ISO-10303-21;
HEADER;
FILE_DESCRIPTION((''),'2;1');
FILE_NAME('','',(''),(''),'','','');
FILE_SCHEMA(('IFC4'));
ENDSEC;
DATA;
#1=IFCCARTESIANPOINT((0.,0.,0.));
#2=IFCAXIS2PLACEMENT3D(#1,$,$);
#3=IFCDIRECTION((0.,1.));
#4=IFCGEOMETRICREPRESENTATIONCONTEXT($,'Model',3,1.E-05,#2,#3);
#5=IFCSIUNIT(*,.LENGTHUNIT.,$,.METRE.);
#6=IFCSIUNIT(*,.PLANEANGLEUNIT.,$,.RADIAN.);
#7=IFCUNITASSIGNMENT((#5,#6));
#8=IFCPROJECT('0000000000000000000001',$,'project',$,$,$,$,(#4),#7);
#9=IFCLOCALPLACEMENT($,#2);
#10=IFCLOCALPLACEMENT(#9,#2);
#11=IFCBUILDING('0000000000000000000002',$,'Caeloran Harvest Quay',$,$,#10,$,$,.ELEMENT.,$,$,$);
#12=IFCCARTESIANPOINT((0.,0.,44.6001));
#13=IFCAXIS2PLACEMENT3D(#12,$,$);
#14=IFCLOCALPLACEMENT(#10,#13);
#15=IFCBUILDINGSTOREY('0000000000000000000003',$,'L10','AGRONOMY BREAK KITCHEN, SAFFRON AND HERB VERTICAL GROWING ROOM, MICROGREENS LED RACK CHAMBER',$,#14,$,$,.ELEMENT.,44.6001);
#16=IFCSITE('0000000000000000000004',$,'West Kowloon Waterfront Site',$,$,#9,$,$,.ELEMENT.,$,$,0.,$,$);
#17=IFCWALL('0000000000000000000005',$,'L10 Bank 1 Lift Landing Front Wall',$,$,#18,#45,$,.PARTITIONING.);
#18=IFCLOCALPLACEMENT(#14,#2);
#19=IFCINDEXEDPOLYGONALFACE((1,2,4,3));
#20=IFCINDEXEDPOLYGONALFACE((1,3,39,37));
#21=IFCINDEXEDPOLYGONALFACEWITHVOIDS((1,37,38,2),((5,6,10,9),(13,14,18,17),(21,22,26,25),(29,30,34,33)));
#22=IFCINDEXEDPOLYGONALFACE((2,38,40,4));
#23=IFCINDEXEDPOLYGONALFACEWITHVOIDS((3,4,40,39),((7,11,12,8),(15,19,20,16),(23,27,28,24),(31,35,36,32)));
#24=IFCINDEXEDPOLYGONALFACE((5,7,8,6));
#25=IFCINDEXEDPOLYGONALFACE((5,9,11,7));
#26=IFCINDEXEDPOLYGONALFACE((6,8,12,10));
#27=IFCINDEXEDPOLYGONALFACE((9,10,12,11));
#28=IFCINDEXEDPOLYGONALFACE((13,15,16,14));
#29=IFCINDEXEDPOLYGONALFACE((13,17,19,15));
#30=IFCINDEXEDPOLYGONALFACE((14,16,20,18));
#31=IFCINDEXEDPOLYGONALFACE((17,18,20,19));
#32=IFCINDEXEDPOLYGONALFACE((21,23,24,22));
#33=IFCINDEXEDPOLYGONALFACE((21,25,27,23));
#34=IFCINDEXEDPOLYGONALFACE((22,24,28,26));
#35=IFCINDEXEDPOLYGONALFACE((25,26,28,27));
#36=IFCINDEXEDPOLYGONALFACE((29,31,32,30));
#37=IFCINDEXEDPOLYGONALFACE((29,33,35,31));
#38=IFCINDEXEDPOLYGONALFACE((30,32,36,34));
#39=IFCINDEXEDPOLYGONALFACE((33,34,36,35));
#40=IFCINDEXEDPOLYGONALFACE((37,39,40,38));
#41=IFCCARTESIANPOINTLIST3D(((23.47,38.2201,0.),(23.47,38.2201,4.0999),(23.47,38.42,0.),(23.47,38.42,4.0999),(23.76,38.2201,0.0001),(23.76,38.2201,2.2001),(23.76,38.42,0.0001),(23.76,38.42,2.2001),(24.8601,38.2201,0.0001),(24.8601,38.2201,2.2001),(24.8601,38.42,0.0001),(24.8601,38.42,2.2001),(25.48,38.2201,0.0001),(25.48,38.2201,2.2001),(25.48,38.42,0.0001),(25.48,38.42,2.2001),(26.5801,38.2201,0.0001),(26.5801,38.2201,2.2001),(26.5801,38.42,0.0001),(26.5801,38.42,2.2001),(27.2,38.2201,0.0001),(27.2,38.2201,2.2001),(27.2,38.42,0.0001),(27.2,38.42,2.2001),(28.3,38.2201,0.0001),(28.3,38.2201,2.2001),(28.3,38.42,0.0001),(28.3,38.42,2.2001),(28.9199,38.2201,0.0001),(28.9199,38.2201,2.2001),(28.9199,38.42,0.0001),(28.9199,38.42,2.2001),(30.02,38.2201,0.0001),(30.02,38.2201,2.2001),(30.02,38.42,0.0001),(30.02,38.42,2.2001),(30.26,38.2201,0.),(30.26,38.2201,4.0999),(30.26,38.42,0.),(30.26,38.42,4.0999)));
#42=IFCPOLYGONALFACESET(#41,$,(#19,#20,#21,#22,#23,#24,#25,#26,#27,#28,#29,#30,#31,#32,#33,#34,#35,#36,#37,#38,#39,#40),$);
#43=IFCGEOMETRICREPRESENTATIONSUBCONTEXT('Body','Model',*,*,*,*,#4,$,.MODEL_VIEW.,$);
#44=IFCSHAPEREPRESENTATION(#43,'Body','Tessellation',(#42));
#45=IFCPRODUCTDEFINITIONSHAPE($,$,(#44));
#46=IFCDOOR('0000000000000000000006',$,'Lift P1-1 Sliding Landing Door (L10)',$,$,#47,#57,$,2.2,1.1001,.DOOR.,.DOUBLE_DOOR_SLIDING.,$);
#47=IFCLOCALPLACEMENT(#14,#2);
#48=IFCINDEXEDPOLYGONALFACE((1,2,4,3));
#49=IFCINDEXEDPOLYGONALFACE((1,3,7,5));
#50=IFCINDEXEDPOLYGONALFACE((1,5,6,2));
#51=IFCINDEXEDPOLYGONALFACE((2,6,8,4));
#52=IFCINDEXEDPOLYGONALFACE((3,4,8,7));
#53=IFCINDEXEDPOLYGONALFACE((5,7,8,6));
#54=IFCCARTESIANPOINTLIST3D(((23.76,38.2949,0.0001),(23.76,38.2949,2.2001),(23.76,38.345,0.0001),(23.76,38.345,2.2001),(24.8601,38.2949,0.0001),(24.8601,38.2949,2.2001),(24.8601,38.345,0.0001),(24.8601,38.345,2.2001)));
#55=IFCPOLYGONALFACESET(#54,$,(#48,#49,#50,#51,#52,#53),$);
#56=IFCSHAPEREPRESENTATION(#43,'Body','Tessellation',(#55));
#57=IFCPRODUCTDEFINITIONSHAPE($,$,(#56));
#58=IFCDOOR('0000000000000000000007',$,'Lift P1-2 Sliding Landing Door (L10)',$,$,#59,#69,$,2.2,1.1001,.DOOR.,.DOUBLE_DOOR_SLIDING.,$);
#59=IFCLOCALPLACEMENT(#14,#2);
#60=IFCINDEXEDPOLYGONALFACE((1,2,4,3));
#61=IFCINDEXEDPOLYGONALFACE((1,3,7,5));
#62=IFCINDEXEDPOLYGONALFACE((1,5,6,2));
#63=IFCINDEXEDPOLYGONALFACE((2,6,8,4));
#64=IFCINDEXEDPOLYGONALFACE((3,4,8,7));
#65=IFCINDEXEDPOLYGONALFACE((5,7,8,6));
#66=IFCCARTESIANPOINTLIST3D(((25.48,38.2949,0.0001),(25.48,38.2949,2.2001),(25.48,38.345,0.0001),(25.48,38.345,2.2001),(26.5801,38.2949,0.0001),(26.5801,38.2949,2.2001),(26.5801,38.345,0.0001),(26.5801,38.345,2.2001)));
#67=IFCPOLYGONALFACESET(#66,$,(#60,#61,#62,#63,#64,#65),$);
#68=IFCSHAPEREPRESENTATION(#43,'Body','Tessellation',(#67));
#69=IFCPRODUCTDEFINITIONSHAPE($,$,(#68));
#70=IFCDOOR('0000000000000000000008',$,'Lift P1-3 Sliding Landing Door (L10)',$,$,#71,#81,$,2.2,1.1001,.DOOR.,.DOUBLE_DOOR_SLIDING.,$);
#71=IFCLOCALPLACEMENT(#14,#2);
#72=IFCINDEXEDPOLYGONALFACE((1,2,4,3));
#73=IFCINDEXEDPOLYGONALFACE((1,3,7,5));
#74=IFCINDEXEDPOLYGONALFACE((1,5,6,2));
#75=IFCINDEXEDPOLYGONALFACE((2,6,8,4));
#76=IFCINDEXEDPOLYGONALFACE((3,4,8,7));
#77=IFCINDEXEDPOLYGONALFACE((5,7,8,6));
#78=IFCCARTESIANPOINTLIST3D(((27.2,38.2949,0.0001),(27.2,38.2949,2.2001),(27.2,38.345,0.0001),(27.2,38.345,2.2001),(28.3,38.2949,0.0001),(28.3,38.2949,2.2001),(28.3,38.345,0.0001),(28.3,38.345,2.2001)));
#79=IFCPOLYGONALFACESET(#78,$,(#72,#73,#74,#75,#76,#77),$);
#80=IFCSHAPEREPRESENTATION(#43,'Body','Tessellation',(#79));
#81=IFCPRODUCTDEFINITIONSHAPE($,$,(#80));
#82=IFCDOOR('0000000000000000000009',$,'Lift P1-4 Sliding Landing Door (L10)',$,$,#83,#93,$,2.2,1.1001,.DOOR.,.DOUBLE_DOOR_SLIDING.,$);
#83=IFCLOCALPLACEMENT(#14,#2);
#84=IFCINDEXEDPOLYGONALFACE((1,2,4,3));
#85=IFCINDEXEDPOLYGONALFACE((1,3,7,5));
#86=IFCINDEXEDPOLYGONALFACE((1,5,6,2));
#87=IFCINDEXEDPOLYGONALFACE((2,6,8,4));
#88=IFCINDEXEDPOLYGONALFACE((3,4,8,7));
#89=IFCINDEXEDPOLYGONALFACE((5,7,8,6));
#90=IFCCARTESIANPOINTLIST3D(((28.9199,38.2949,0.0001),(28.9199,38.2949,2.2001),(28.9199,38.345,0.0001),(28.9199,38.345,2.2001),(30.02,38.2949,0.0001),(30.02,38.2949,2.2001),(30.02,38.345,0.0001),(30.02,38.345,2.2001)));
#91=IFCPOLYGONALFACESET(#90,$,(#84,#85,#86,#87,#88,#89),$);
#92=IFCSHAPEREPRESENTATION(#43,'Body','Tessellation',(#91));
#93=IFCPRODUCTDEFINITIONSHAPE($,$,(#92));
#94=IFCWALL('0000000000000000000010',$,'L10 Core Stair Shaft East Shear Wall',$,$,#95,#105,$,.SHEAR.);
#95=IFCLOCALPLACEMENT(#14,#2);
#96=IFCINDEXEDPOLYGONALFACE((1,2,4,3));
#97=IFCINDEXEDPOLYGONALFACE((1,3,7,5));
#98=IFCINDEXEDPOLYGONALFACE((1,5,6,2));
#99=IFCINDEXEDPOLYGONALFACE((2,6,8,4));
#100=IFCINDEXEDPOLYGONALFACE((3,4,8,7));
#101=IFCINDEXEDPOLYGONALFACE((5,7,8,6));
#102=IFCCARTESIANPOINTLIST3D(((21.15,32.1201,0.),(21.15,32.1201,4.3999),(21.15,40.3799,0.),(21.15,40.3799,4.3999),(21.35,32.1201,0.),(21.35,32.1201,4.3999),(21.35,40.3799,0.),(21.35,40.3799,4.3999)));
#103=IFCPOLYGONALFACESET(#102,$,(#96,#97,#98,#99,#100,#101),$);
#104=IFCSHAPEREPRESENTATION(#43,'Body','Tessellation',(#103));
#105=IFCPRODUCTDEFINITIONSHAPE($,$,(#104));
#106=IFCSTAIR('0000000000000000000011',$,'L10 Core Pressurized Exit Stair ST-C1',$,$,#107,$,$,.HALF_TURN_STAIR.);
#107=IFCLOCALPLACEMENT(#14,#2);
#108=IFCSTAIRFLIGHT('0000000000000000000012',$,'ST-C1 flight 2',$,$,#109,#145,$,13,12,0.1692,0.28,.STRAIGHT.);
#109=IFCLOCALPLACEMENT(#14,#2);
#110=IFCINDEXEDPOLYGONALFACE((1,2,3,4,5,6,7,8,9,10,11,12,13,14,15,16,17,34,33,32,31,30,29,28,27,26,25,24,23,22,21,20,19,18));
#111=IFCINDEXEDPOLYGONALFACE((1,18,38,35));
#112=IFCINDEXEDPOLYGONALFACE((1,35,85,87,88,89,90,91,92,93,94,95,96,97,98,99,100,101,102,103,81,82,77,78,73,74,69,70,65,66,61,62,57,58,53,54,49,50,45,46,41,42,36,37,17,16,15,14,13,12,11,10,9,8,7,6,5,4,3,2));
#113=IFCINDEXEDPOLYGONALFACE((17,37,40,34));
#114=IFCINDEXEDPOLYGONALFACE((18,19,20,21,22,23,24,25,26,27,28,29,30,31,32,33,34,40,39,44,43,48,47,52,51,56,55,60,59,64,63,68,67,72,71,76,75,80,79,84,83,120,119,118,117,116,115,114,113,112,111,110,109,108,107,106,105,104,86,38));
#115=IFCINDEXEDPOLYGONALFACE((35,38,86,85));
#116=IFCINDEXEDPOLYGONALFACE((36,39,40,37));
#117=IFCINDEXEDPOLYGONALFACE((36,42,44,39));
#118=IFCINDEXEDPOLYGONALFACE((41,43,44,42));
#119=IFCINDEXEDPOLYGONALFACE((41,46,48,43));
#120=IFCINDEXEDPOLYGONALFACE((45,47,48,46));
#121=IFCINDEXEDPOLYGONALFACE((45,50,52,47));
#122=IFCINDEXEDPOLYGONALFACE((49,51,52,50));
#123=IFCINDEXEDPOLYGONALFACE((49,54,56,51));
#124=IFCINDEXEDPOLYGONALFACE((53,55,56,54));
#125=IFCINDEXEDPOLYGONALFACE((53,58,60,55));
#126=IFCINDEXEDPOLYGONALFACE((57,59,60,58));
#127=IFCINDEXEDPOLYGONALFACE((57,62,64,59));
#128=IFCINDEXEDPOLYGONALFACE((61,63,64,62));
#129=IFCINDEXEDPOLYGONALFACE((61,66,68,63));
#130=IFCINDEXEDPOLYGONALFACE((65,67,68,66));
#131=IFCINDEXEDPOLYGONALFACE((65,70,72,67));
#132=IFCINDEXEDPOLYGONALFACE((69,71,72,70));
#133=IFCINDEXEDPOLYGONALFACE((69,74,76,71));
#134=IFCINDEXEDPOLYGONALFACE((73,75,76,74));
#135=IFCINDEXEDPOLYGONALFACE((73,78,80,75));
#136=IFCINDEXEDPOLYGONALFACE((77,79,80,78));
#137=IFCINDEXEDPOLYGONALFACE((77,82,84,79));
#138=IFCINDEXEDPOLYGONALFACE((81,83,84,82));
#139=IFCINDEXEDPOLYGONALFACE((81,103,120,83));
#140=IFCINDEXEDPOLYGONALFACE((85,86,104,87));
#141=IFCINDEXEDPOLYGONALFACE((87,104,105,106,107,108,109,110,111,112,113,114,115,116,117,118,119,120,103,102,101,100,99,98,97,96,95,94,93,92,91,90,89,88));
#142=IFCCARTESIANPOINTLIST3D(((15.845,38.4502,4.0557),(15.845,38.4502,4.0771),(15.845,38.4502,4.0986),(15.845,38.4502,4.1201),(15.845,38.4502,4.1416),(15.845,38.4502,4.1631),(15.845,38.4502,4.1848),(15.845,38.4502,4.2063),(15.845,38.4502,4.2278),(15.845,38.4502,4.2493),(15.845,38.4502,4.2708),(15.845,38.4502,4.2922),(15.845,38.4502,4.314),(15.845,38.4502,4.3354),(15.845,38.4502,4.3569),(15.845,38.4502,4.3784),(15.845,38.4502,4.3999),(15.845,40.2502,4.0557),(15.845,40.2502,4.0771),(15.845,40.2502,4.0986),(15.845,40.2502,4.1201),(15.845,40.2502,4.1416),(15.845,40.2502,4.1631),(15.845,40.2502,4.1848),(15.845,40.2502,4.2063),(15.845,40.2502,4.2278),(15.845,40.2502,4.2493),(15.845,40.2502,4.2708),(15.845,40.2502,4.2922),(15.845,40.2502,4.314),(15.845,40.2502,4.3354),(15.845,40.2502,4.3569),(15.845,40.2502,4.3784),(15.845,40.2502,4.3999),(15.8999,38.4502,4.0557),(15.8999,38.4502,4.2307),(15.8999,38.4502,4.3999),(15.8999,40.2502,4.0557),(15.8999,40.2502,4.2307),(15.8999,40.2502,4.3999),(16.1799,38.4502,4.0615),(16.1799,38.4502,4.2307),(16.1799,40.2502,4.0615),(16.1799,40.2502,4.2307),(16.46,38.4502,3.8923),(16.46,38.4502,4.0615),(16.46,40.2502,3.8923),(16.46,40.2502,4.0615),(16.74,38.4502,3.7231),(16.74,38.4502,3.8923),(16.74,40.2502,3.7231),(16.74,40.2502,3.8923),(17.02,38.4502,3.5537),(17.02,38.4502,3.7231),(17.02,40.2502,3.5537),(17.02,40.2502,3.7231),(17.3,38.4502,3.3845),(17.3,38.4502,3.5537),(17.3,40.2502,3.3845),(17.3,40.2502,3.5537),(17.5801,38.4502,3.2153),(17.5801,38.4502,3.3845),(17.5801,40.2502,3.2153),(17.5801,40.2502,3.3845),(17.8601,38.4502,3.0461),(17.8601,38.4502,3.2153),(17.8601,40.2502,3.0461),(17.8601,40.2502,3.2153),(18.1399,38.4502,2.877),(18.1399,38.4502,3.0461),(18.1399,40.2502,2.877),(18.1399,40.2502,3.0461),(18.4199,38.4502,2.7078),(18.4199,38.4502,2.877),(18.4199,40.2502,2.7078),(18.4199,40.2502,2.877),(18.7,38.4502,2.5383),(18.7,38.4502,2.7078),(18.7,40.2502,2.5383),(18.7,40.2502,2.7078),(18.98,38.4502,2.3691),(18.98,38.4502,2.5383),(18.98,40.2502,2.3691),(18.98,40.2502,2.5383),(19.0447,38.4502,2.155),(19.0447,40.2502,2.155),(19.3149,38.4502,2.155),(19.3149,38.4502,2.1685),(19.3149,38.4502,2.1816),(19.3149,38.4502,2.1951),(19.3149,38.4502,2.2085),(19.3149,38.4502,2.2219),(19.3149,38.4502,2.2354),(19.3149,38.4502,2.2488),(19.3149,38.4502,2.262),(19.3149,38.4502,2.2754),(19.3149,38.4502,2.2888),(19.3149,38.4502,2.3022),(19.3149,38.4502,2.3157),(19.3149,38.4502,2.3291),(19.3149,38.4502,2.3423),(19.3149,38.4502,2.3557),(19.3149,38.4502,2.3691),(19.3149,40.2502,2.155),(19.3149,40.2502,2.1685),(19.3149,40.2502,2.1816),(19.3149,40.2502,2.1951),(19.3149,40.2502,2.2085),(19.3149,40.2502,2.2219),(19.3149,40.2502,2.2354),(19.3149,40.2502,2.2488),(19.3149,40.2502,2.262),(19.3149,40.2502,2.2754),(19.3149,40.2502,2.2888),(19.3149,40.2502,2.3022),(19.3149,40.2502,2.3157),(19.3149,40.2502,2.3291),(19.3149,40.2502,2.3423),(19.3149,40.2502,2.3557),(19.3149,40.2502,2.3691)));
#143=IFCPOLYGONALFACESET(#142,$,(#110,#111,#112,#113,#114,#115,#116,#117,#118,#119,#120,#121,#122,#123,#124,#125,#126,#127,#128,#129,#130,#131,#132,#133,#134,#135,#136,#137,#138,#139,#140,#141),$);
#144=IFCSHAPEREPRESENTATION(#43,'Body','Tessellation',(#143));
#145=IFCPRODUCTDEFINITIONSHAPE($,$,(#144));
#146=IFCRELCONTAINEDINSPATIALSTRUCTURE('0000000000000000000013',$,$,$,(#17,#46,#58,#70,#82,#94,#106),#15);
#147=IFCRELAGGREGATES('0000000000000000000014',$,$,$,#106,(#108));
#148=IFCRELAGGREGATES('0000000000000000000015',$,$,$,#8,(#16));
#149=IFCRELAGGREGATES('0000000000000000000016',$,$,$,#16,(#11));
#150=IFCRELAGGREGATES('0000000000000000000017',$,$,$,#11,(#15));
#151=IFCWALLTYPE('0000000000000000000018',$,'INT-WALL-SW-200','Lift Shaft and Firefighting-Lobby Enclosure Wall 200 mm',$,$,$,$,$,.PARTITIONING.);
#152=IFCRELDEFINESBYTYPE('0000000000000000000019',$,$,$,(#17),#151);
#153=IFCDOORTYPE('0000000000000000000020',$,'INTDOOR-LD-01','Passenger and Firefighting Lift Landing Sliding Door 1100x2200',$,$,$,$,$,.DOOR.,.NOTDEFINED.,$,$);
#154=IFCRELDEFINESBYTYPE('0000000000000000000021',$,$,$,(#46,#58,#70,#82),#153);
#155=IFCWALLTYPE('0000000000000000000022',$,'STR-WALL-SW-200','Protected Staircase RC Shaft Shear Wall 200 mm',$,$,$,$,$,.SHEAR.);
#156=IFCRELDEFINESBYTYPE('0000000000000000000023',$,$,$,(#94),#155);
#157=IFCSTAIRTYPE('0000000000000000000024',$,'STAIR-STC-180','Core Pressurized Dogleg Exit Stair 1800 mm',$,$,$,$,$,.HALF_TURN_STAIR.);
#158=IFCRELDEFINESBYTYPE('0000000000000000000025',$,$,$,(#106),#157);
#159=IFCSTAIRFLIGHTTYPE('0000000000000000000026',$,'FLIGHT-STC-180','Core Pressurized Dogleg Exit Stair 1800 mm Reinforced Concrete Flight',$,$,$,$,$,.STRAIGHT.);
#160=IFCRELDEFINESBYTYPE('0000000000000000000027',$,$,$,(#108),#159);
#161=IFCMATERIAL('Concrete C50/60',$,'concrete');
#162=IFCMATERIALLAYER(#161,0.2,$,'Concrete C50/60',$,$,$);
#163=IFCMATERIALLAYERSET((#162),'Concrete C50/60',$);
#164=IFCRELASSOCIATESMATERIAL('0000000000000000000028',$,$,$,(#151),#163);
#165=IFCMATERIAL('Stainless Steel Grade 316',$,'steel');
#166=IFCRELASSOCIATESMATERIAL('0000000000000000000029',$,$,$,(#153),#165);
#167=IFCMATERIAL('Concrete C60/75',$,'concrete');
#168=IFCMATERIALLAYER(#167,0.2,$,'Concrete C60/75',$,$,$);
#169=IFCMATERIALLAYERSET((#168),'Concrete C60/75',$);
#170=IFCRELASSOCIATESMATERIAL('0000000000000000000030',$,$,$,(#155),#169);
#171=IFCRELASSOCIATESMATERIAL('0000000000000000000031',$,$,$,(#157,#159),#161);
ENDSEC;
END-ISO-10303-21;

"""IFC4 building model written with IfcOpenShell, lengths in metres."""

from ifc_helpers import new_model, si_unit, direction, frame, frame_2d, origin, place, context, subcontext, project, spatial, polyline, rectangle, outline, extrude, material, layer, layer_set, type_object, element, fill, aggregate, save


model = new_model("IFC4")

# Units and contexts
model_context = context("Model", 3, precision=1e-05, world=origin(), true_north=direction((0.0, 1.0)))
body_context = subcontext(model_context, "Body", "Model", "MODEL_VIEW")
ifc_project = project(units=[si_unit("LENGTHUNIT", "METRE"), si_unit("PLANEANGLEUNIT", "RADIAN")], contexts=[model_context])

# Site, building, storey
site_placement = place(None, origin())
site = spatial("IfcSite", under=ifc_project, at=site_placement, Name="West Kowloon Waterfront Site", CompositionType="ELEMENT", RefElevation=0.0)
building_placement = place(site_placement, origin())
building = spatial("IfcBuilding", under=site, at=building_placement, Name="Caeloran Harvest Quay", CompositionType="ELEMENT")
storey_placement = place(building_placement, frame((0.0, 0.0, 44.6001)))
storey = spatial("IfcBuildingStorey", under=building, at=storey_placement, Name="L10", Description="AGRONOMY BREAK KITCHEN, SAFFRON AND HERB VERTICAL GROWING ROOM, MICROGREENS LED RACK CHAMBER", CompositionType="ELEMENT", Elevation=44.6001)

# Shared definitions
ifc_material_1 = material(Name="Concrete C50/60", Category="concrete")
ifc_layer_1 = layer(ifc_material_1, 0.2, Name="Concrete C50/60")
ifc_layer_set_1 = layer_set([ifc_layer_1], Name="Concrete C50/60")
wall_type_1 = type_object("IfcWallType", Name="INT-WALL-SW-200", Description="Lift Shaft and Firefighting-Lobby Enclosure Wall 200 mm", PredefinedType="PARTITIONING", material=ifc_layer_set_1)
ifc_material_2 = material(Name="Stainless Steel Grade 316", Category="steel")

# Wall, openings, doors
wall_1_placement = place(storey_placement, frame((23.47, 38.3201, 0.0), z_axis=(0.0, 0.0, 1.0), x_axis=(1.0, 0.0, 0.0)))
wall_1 = element("IfcWall", 1, at=wall_1_placement, inside=storey, type_object=wall_type_1, Name="L10 Bank 1 Lift Landing Front Wall", PredefinedType="PARTITIONING", context=body_context, shape_type="SweptSolid", body=[
    extrude(rectangle(XDim=6.79, YDim=0.2, at=frame_2d((3.395, 0.0))), origin(), (0.0, 0.0, 1.0), 4.0999),
])
opening_1_placement = place(wall_1_placement, frame((0.29, 0.0, 0.0)))
opening_1 = element("IfcOpeningElement", 2, at=opening_1_placement, cuts=wall_1, PredefinedType="OPENING", context=body_context, shape_type="SweptSolid", body=[
    extrude(rectangle(XDim=1.1001, YDim=2.2, at=frame_2d((0.55, 1.1001))), frame((0.0, 0.1099, 0.0), z_axis=(0.0, -1.0, 0.0), x_axis=(1.0, 0.0, 0.0)), (0.0, 0.0, 1.0), 0.22),
])
opening_2_placement = place(wall_1_placement, frame((2.01, 0.0, 0.0)))
opening_2 = element("IfcOpeningElement", 3, at=opening_2_placement, cuts=wall_1, PredefinedType="OPENING", context=body_context, shape_type="SweptSolid", body=[
    extrude(rectangle(XDim=1.1001, YDim=2.2, at=frame_2d((0.55, 1.1001))), frame((0.0, 0.1099, 0.0), z_axis=(0.0, -1.0, 0.0), x_axis=(1.0, 0.0, 0.0)), (0.0, 0.0, 1.0), 0.22),
])
opening_3_placement = place(wall_1_placement, frame((3.73, 0.0, 0.0)))
opening_3 = element("IfcOpeningElement", 4, at=opening_3_placement, cuts=wall_1, PredefinedType="OPENING", context=body_context, shape_type="SweptSolid", body=[
    extrude(rectangle(XDim=1.1001, YDim=2.2, at=frame_2d((0.55, 1.1001))), frame((0.0, 0.1099, 0.0), z_axis=(0.0, -1.0, 0.0), x_axis=(1.0, 0.0, 0.0)), (0.0, 0.0, 1.0), 0.22),
])
opening_4_placement = place(wall_1_placement, frame((5.45, 0.0, 0.0)))
opening_4 = element("IfcOpeningElement", 5, at=opening_4_placement, cuts=wall_1, PredefinedType="OPENING", context=body_context, shape_type="SweptSolid", body=[
    extrude(rectangle(XDim=1.1001, YDim=2.2, at=frame_2d((0.55, 1.1001))), frame((0.0, 0.1099, 0.0), z_axis=(0.0, -1.0, 0.0), x_axis=(1.0, 0.0, 0.0)), (0.0, 0.0, 1.0), 0.22),
])
door_type_1 = type_object("IfcDoorType", Name="INTDOOR-LD-01", Description="Passenger and Firefighting Lift Landing Sliding Door 1100x2200", OperationType="NOTDEFINED", PredefinedType="DOOR", material=ifc_material_2)
door_1_placement = place(opening_1_placement, origin())
door_1 = element("IfcDoor", 6, at=door_1_placement, inside=storey, type_object=door_type_1, Name="Lift P1-1 Sliding Landing Door (L10)", OperationType="DOUBLE_DOOR_SLIDING", OverallHeight=2.2, OverallWidth=1.1001, PredefinedType="DOOR", context=body_context, shape_type="SweptSolid", body=[
    extrude(rectangle(XDim=1.1001, YDim=2.2, at=frame_2d((0.55, 1.1001))), frame((0.0, 0.0249, 0.0), z_axis=(0.0, -1.0, 0.0), x_axis=(1.0, 0.0, 0.0)), (0.0, 0.0, 1.0), 0.05),
])
fill(opening_1, door_1)
door_2_placement = place(opening_2_placement, origin())
door_2 = element("IfcDoor", 7, at=door_2_placement, inside=storey, type_object=door_type_1, Name="Lift P1-2 Sliding Landing Door (L10)", OperationType="DOUBLE_DOOR_SLIDING", OverallHeight=2.2, OverallWidth=1.1001, PredefinedType="DOOR", context=body_context, shape_type="SweptSolid", body=[
    extrude(rectangle(XDim=1.1001, YDim=2.2, at=frame_2d((0.55, 1.1001))), frame((0.0, 0.0249, 0.0), z_axis=(0.0, -1.0, 0.0), x_axis=(1.0, 0.0, 0.0)), (0.0, 0.0, 1.0), 0.05),
])
fill(opening_2, door_2)
door_3_placement = place(opening_3_placement, origin())
door_3 = element("IfcDoor", 8, at=door_3_placement, inside=storey, type_object=door_type_1, Name="Lift P1-3 Sliding Landing Door (L10)", OperationType="DOUBLE_DOOR_SLIDING", OverallHeight=2.2, OverallWidth=1.1001, PredefinedType="DOOR", context=body_context, shape_type="SweptSolid", body=[
    extrude(rectangle(XDim=1.1001, YDim=2.2, at=frame_2d((0.55, 1.1001))), frame((0.0, 0.0249, 0.0), z_axis=(0.0, -1.0, 0.0), x_axis=(1.0, 0.0, 0.0)), (0.0, 0.0, 1.0), 0.05),
])
fill(opening_3, door_3)
door_4_placement = place(opening_4_placement, origin())
door_4 = element("IfcDoor", 9, at=door_4_placement, inside=storey, type_object=door_type_1, Name="Lift P1-4 Sliding Landing Door (L10)", OperationType="DOUBLE_DOOR_SLIDING", OverallHeight=2.2, OverallWidth=1.1001, PredefinedType="DOOR", context=body_context, shape_type="SweptSolid", body=[
    extrude(rectangle(XDim=1.1001, YDim=2.2, at=frame_2d((0.55, 1.1001))), frame((0.0, 0.0249, 0.0), z_axis=(0.0, -1.0, 0.0), x_axis=(1.0, 0.0, 0.0)), (0.0, 0.0, 1.0), 0.05),
])
fill(opening_4, door_4)

# Wall
ifc_material_3 = material(Name="Concrete C60/75", Category="concrete")
ifc_layer_2 = layer(ifc_material_3, 0.2, Name="Concrete C60/75")
ifc_layer_set_2 = layer_set([ifc_layer_2], Name="Concrete C60/75")
wall_type_2 = type_object("IfcWallType", Name="STR-WALL-SW-200", Description="Protected Staircase RC Shaft Shear Wall 200 mm", PredefinedType="SHEAR", material=ifc_layer_set_2)
wall_2_placement = place(storey_placement, frame((21.25, 32.1201, 0.0), z_axis=(0.0, 0.0, 1.0), x_axis=(0.0, 1.0, 0.0)))
element("IfcWall", 10, at=wall_2_placement, inside=storey, type_object=wall_type_2, Name="L10 Core Stair Shaft East Shear Wall", PredefinedType="SHEAR", context=body_context, shape_type="SweptSolid", body=[
    extrude(rectangle(XDim=8.2598, YDim=0.2, at=frame_2d((4.1299, 0.0))), origin(), (0.0, 0.0, 1.0), 4.3999),
])

# Stair, stair flight
stair_type = type_object("IfcStairType", Name="STAIR-STC-180", Description="Core Pressurized Dogleg Exit Stair 1800 mm", PredefinedType="HALF_TURN_STAIR", material=ifc_material_1)
stair_1_placement = place(storey_placement, origin())
stair_1 = element("IfcStair", 11, at=stair_1_placement, inside=storey, type_object=stair_type, Name="L10 Core Pressurized Exit Stair ST-C1", PredefinedType="HALF_TURN_STAIR")
stair_flight_type = type_object("IfcStairFlightType", Name="FLIGHT-STC-180", Description="Core Pressurized Dogleg Exit Stair 1800 mm Reinforced Concrete Flight", PredefinedType="STRAIGHT", material=ifc_material_1)
stair_flight_1_placement = place(storey_placement, frame((19.26, 39.3501, 2.2), z_axis=(0.0, 0.0, 1.0), x_axis=(-1.0, 0.0, 0.0)))
stair_flight_1 = element("IfcStairFlight", 12, at=stair_flight_1_placement, type_object=stair_flight_type, Name="ST-C1 flight 2", NumberOfRisers=13, NumberOfTreads=12, PredefinedType="STRAIGHT", RiserHeight=0.1692, TreadLength=0.28, context=body_context, shape_type="SweptSolid", body=[
    extrude(outline(polyline([(-0.0549, -0.0449), (-0.0549, -0.0315), (-0.0549, -0.0183), (-0.0549, -0.0049), (-0.0549, 0.0085), (-0.0549, 0.022), (-0.0549, 0.0354), (-0.0549, 0.0488), (-0.0549, 0.062), (-0.0549, 0.0754), (-0.0549, 0.0889), (-0.0549, 0.1023), (-0.0549, 0.1157), (-0.0549, 0.1292), (-0.0549, 0.1423), (-0.0549, 0.1558), (-0.0549, 0.1692), (0.28, 0.1692), (0.28, 0.3384), (0.5601, 0.3384), (0.5601, 0.5078), (0.8401, 0.5078), (0.8401, 0.677), (1.1201, 0.677), (1.1201, 0.8462), (1.3999, 0.8462), (1.3999, 1.0154), (1.6799, 1.0154), (1.6799, 1.1846), (1.96, 1.1846), (1.96, 1.3538), (2.24, 1.3538), (2.24, 1.5232), (2.52, 1.5232), (2.52, 1.6924), (2.8, 1.6924), (2.8, 1.8616), (3.0801, 1.8616), (3.0801, 2.0308), (3.3601, 2.0308), (3.3601, 2.2), (3.415, 2.2), (3.415, 2.1785), (3.415, 2.157), (3.415, 2.1355), (3.415, 2.114), (3.415, 2.0923), (3.415, 2.0708), (3.415, 2.0493), (3.415, 2.0278), (3.415, 2.0063), (3.415, 1.9849), (3.415, 1.9631), (3.415, 1.9417), (3.415, 1.9202), (3.415, 1.8987), (3.415, 1.8772), (3.415, 1.8557), (3.3601, 1.8557), (0.2153, -0.0449), (-0.0549, -0.0449)])), frame((0.0, 0.8999, 0.0), z_axis=(0.0, -1.0, 0.0), x_axis=(1.0, 0.0, 0.0)), (0.0, 0.0, 1.0), 1.8),
])
aggregate(stair_1, [stair_flight_1])

save(model, "model.ifc")
